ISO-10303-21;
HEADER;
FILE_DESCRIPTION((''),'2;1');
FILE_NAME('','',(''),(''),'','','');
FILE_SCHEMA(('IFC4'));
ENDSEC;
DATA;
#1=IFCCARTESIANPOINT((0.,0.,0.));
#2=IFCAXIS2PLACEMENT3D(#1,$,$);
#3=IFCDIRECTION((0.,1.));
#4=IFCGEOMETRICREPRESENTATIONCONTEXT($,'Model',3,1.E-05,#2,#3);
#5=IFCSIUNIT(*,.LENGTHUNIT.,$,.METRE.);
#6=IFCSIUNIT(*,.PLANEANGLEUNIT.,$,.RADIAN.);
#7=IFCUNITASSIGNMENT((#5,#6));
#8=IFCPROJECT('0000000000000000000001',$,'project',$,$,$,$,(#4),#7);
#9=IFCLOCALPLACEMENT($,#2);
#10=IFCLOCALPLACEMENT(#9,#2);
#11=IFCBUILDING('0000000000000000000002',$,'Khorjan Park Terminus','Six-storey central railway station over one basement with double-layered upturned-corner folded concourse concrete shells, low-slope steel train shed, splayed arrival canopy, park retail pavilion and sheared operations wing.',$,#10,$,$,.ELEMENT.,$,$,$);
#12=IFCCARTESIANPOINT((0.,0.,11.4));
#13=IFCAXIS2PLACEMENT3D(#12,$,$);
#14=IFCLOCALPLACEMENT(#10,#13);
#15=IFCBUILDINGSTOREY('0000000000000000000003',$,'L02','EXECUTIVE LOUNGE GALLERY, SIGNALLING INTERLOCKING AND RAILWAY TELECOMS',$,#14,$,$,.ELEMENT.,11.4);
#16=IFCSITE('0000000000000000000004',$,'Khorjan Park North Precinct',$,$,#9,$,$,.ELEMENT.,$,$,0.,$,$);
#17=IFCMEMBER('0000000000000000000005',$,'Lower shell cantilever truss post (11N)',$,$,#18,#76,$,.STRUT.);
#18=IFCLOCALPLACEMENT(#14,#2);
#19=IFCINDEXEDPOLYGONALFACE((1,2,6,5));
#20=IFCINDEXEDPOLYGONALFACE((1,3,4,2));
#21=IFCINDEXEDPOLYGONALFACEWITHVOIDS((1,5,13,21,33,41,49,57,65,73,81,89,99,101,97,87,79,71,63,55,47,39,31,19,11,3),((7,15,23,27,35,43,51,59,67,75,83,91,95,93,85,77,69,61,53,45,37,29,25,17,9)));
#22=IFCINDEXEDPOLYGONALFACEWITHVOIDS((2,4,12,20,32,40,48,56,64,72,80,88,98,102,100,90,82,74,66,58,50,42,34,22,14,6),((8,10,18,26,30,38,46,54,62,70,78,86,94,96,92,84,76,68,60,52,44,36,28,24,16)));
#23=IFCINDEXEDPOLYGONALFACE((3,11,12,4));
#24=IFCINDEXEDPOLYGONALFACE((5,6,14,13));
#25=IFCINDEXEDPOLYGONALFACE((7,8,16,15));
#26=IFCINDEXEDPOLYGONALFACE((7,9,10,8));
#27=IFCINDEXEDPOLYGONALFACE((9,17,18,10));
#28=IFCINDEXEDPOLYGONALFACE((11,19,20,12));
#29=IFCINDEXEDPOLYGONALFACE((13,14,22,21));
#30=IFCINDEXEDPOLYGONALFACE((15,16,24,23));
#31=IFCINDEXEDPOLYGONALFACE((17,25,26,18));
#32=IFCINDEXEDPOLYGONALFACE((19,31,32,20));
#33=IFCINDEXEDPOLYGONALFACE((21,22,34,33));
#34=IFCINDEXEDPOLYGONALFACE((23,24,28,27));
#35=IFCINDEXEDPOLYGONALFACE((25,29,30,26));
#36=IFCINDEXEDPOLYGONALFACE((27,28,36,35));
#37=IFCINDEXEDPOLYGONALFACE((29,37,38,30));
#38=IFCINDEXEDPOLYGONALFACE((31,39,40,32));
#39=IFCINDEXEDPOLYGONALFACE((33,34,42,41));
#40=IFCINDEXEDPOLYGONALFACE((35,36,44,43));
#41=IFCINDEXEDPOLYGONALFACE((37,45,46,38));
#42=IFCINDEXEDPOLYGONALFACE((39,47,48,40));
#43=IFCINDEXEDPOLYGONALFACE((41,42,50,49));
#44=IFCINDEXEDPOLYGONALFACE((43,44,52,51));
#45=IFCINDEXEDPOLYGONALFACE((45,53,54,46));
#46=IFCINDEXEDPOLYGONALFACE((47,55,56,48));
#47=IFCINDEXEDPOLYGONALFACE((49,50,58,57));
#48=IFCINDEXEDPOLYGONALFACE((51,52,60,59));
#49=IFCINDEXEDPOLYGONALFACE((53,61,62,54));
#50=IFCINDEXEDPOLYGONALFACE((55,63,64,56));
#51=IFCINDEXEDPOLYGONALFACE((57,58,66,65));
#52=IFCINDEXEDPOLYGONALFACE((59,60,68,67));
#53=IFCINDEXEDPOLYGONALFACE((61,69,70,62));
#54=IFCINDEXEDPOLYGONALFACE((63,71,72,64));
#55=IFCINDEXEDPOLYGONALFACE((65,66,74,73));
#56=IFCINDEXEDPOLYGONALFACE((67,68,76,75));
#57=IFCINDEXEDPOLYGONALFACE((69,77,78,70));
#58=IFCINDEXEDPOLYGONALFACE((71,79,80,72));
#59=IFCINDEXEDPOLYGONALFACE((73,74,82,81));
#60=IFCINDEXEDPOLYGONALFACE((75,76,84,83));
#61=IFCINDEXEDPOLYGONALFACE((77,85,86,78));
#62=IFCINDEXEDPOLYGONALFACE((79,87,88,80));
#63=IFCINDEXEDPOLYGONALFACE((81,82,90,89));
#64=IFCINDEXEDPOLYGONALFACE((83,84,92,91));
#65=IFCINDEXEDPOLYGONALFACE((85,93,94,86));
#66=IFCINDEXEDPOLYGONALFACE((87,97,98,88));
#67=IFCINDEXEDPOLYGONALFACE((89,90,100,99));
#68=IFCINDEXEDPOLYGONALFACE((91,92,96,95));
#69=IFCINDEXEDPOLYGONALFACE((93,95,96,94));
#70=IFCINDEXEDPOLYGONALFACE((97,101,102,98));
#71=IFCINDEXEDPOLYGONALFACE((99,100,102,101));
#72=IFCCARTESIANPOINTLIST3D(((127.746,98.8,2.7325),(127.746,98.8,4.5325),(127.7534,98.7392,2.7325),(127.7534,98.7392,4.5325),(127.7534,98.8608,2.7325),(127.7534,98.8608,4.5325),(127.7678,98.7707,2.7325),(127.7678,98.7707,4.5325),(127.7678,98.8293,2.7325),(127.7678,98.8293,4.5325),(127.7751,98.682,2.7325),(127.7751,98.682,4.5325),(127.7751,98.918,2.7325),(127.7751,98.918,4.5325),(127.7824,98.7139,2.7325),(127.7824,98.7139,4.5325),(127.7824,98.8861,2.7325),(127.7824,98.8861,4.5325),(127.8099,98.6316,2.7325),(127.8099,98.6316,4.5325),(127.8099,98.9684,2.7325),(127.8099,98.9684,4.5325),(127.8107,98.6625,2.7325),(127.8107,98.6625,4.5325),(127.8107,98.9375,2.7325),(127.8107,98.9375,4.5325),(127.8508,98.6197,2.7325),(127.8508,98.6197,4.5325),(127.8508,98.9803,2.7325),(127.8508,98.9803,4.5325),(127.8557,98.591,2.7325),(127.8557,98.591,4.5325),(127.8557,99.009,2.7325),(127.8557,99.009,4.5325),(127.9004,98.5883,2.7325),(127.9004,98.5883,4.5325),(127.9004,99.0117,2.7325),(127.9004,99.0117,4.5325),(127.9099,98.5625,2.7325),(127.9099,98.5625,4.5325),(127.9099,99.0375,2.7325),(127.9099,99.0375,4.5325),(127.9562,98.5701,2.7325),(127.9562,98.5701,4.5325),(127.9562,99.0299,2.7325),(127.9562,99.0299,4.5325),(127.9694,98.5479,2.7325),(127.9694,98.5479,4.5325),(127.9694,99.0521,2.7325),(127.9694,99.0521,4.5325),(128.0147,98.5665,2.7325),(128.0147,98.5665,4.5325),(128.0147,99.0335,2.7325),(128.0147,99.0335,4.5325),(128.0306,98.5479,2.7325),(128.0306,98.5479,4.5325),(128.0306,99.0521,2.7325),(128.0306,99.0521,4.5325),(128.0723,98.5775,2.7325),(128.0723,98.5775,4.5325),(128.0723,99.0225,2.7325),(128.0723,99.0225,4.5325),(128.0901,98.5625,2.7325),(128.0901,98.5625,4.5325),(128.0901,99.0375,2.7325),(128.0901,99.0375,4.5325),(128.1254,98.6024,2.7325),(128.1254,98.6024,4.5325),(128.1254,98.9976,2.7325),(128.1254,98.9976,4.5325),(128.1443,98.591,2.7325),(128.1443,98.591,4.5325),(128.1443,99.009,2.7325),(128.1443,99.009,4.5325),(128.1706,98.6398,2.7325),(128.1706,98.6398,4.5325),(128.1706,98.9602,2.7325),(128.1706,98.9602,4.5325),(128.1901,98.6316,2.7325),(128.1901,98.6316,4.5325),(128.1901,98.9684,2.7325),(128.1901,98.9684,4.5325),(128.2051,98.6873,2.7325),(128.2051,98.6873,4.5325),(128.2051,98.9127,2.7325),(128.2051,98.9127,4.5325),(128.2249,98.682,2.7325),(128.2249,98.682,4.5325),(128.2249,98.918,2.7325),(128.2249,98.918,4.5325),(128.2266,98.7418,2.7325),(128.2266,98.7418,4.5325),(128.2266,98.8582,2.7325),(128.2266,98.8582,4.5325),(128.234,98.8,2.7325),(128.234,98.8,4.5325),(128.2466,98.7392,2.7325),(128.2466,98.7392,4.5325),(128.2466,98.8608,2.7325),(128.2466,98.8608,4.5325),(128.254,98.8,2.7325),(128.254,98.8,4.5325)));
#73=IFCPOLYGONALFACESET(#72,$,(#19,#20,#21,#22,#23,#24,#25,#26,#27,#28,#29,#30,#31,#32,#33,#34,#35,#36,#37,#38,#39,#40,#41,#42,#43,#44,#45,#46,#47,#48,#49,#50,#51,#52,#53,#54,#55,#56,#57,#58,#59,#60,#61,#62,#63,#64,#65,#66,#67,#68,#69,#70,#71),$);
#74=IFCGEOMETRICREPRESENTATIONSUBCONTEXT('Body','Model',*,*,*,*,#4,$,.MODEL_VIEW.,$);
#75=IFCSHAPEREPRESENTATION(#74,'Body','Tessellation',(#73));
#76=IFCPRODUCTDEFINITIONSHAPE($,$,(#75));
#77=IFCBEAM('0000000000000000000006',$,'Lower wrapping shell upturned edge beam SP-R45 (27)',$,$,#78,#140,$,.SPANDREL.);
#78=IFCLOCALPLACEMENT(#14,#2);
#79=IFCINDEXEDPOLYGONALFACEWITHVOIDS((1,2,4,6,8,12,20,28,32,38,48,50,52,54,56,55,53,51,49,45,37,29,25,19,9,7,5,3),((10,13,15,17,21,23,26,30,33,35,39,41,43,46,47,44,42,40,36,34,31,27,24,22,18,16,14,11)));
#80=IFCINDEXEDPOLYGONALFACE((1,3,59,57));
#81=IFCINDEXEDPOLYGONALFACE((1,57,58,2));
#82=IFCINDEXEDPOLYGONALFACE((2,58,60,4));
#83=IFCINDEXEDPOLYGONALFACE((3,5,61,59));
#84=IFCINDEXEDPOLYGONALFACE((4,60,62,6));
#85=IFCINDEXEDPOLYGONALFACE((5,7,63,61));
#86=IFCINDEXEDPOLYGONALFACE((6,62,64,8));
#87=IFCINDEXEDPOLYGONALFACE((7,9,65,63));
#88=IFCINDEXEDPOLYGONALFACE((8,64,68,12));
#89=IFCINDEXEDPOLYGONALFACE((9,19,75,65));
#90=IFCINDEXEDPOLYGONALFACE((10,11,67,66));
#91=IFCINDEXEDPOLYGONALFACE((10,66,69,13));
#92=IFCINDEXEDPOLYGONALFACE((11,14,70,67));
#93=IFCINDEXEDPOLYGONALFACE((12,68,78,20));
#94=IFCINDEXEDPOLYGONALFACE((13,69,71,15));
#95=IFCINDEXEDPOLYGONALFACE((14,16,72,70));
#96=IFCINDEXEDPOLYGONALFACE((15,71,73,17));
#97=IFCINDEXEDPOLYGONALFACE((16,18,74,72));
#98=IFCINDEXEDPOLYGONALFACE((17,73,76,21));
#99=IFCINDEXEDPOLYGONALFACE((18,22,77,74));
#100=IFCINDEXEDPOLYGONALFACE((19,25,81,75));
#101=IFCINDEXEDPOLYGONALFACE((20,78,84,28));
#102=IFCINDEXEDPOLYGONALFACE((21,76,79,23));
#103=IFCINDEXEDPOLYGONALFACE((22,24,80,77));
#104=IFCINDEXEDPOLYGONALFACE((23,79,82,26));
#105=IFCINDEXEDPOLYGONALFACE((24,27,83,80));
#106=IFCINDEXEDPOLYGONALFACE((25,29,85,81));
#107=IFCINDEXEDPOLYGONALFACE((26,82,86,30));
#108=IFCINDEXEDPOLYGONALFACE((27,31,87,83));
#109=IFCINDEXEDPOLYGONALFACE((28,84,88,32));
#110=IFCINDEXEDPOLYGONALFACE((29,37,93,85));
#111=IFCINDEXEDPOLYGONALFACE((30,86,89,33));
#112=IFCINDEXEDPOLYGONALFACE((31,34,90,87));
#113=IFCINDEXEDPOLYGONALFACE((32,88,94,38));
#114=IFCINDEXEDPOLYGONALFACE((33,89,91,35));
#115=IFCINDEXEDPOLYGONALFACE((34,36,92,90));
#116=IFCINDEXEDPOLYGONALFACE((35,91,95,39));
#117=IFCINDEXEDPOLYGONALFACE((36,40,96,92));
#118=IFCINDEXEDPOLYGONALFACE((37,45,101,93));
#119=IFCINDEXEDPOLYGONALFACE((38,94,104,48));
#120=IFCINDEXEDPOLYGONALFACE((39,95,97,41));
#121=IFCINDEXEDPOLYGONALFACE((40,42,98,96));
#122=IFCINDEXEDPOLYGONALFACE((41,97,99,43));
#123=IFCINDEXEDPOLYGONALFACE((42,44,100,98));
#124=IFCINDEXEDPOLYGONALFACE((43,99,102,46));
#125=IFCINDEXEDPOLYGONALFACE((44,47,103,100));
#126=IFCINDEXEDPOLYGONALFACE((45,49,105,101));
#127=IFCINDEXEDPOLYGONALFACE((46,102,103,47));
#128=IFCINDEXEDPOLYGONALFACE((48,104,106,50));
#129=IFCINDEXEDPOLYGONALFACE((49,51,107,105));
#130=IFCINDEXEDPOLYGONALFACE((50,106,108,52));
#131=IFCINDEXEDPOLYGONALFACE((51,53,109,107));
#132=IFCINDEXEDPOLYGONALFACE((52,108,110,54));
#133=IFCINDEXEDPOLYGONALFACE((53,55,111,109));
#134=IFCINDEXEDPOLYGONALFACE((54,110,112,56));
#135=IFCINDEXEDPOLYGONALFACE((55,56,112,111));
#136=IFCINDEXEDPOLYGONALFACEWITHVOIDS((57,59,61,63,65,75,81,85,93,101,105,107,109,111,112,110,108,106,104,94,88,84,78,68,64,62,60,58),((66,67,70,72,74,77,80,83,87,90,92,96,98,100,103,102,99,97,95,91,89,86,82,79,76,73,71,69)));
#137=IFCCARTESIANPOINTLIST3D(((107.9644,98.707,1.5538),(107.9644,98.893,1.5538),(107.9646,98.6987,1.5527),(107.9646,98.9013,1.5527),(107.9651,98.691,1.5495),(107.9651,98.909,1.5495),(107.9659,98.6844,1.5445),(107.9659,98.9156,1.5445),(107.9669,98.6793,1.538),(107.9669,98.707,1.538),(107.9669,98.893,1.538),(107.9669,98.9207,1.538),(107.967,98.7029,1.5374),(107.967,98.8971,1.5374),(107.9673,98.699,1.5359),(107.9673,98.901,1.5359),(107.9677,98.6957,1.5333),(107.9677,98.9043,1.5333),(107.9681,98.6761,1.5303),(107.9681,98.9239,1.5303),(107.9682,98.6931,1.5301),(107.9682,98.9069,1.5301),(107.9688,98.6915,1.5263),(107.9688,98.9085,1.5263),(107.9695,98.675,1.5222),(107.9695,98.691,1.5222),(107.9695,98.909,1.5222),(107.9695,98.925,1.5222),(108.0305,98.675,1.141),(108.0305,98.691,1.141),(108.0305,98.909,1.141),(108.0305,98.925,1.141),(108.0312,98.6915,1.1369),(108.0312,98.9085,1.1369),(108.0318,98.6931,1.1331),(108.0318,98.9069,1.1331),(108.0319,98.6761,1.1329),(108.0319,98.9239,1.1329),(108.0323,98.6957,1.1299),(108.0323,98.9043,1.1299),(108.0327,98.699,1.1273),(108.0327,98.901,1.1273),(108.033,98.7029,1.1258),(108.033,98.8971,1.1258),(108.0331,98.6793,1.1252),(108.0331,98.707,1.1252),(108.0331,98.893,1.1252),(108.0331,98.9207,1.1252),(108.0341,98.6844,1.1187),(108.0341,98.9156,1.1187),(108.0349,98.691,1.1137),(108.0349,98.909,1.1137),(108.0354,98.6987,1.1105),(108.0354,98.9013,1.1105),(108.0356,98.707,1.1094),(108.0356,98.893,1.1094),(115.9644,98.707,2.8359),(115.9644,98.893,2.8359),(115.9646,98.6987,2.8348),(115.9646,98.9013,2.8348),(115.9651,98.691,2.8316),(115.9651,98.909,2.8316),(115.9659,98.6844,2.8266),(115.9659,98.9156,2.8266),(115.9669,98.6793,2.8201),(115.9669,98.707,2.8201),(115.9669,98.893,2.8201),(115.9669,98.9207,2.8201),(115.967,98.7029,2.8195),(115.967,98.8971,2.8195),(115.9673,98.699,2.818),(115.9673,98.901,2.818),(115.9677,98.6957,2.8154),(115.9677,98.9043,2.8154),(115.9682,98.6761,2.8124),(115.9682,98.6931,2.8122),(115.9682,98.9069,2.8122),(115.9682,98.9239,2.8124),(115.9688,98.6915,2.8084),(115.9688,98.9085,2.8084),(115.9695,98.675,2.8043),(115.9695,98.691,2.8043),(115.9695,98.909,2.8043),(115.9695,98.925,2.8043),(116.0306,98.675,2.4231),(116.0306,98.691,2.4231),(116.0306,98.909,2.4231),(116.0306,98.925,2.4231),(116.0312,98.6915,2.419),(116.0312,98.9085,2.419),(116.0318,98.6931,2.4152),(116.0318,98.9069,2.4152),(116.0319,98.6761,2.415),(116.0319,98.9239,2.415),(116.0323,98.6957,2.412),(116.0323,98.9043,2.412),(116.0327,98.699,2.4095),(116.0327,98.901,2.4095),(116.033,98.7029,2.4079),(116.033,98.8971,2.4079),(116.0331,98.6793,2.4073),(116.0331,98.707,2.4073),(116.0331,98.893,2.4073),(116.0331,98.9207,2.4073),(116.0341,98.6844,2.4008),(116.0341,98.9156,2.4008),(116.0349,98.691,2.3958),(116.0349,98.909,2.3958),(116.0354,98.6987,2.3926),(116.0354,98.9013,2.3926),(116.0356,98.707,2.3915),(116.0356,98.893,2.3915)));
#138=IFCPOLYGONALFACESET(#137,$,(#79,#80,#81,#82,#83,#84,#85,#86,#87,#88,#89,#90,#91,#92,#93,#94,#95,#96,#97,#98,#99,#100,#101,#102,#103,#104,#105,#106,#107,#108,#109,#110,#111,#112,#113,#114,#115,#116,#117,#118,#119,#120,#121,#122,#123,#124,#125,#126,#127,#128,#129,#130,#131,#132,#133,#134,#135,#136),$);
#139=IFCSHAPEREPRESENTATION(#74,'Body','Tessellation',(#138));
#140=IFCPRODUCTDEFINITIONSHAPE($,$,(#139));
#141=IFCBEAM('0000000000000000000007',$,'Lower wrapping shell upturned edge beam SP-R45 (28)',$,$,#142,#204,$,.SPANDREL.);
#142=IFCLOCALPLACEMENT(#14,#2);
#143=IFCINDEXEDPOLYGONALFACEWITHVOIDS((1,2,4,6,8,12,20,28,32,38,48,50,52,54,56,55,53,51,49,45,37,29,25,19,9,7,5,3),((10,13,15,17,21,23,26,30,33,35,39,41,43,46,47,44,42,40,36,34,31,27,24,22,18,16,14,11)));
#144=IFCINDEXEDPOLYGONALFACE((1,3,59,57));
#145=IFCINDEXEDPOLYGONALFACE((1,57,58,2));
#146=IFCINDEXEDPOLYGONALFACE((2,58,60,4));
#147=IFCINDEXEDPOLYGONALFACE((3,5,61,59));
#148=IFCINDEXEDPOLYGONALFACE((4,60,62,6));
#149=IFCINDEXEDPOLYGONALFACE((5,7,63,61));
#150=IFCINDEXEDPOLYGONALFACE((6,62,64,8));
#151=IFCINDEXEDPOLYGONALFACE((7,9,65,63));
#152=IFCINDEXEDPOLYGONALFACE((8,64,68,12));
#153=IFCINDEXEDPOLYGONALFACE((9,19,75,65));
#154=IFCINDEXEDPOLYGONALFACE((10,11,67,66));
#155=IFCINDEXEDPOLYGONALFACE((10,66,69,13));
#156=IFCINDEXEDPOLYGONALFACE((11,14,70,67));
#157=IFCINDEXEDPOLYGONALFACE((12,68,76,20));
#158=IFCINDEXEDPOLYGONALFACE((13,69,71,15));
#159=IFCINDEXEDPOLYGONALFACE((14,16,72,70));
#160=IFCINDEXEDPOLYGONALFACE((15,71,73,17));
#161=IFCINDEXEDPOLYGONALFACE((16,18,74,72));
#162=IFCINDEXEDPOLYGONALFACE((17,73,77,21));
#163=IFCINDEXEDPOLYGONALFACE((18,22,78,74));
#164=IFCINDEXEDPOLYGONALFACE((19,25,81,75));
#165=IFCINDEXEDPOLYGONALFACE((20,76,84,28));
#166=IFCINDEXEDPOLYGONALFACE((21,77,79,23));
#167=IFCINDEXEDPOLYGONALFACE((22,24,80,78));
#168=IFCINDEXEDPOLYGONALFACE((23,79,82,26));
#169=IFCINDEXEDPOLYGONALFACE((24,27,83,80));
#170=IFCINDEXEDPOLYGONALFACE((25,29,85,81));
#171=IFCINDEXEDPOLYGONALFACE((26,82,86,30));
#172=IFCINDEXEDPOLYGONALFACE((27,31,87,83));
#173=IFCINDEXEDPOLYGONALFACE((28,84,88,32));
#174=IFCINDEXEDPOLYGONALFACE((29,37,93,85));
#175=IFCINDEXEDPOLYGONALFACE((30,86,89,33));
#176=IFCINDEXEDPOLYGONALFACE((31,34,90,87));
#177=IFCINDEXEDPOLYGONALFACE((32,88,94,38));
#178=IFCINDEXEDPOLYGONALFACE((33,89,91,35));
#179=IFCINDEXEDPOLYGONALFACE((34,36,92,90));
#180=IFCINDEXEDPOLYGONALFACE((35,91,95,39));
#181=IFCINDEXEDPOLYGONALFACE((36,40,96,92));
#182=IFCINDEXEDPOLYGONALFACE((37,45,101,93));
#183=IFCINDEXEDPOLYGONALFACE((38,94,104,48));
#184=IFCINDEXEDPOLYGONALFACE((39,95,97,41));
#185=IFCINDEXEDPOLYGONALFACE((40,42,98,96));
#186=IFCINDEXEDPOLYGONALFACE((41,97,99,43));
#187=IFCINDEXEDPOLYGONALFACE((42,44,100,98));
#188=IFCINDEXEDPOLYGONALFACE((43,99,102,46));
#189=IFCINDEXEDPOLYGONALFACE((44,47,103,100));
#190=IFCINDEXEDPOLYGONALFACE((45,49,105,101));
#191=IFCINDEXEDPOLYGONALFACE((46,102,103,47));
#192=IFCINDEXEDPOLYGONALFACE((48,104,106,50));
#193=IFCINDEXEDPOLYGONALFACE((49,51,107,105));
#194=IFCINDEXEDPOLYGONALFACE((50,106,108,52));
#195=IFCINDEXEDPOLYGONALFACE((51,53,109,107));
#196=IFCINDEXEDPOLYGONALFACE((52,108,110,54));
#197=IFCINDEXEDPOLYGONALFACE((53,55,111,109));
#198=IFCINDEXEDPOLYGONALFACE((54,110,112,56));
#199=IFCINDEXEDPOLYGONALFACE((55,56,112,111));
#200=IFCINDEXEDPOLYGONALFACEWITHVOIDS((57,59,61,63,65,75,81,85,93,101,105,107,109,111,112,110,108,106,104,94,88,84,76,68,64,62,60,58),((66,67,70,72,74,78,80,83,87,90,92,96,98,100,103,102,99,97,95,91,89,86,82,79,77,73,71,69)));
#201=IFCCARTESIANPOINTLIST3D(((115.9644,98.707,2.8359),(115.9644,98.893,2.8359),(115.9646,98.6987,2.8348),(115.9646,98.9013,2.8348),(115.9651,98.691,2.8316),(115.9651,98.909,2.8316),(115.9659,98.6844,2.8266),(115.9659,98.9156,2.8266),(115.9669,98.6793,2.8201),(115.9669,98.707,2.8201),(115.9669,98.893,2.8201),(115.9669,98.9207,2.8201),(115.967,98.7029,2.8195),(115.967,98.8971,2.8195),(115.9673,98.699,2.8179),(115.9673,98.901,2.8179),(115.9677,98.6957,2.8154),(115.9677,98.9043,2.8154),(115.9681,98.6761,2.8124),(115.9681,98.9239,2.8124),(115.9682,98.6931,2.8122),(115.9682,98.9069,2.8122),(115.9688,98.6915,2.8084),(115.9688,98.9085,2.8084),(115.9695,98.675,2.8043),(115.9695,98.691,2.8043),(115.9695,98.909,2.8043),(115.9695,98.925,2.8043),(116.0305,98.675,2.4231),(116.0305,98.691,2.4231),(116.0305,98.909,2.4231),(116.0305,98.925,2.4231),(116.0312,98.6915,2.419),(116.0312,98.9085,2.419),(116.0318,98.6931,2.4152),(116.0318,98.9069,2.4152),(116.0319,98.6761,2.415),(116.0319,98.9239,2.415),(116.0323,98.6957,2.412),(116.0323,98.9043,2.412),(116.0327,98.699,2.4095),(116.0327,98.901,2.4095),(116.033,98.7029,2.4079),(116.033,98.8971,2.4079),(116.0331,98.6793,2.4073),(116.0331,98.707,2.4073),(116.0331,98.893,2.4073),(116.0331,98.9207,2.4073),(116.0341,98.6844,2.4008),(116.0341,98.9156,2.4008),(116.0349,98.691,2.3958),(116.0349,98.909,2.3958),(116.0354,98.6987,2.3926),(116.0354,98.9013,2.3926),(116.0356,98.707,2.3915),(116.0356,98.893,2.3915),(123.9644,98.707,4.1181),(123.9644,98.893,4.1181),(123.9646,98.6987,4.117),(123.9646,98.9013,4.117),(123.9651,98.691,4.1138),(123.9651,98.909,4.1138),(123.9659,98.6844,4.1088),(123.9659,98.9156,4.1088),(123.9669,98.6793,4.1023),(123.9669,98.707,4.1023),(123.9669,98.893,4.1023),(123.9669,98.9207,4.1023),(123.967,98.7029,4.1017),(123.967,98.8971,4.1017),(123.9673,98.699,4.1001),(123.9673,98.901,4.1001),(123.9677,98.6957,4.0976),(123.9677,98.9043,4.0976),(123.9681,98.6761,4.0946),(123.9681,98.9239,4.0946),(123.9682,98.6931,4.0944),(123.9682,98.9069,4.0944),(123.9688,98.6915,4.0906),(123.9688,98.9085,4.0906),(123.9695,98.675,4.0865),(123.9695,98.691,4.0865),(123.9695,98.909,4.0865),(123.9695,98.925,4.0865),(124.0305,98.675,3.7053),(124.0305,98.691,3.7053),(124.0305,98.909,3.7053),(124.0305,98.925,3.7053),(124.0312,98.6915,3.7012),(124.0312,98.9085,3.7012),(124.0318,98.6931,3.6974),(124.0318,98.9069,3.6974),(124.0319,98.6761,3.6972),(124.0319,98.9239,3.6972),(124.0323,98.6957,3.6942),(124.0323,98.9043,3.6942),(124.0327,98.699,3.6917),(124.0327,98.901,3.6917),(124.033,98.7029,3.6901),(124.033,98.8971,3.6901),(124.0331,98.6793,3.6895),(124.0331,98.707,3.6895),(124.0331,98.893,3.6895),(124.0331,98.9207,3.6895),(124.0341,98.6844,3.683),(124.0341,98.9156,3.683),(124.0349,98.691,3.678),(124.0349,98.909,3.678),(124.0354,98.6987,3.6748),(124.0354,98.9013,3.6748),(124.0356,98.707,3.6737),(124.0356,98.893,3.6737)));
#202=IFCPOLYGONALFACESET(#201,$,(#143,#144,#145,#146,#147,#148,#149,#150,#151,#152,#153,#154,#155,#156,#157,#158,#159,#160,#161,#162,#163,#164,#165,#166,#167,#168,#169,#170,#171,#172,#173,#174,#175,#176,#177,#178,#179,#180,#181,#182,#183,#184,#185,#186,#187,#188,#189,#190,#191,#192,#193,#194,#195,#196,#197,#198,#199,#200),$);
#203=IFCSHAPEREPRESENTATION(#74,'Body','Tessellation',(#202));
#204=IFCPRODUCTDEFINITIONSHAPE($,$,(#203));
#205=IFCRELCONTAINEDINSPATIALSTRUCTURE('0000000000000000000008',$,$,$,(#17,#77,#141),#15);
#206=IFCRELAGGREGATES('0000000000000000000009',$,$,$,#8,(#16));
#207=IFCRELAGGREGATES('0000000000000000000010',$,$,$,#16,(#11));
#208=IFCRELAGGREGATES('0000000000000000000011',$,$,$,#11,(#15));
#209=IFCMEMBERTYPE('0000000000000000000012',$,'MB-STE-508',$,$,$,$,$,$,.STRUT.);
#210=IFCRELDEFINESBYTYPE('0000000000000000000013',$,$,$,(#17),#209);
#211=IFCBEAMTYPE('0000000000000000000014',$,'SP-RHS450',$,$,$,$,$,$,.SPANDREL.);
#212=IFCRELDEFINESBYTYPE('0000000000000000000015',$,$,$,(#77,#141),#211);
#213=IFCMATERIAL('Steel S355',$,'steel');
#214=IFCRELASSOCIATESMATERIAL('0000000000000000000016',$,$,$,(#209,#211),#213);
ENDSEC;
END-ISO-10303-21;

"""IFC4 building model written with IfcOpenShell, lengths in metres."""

from ifc_helpers import new_model, si_unit, direction, frame, origin, origin_2d, place, context, subcontext, project, spatial, hollow_rectangle, hollow_circle, extrude, material, material_profile, profile_set, type_object, element, save


model = new_model("IFC4")

# Units and contexts
model_context = context("Model", 3, precision=1e-05, world=origin(), true_north=direction((0.0, 1.0)))
body_context = subcontext(model_context, "Body", "Model", "MODEL_VIEW")
ifc_project = project(units=[si_unit("LENGTHUNIT", "METRE"), si_unit("PLANEANGLEUNIT", "RADIAN")], contexts=[model_context])

# Site, building, storey
site_placement = place(None, origin())
site = spatial("IfcSite", under=ifc_project, at=site_placement, Name="Khorjan Park North Precinct", CompositionType="ELEMENT", RefElevation=0.0)
building_placement = place(site_placement, origin())
building = spatial("IfcBuilding", under=site, at=building_placement, Name="Khorjan Park Terminus", Description="Six-storey central railway station over one basement with double-layered upturned-corner folded concourse concrete shells, low-slope steel train shed, splayed arrival canopy, park retail pavilion and sheared operations wing.", CompositionType="ELEMENT")
storey_placement = place(building_placement, frame((0.0, 0.0, 11.4)))
storey = spatial("IfcBuildingStorey", under=building, at=storey_placement, Name="L02", Description="EXECUTIVE LOUNGE GALLERY, SIGNALLING INTERLOCKING AND RAILWAY TELECOMS", CompositionType="ELEMENT", Elevation=11.4)

# Shared definitions
ifc_material = material(Name="Steel S355", Category="steel")

# Member
ifc_material_profile_1 = material_profile(ifc_material, hollow_circle(Radius=0.254, WallThickness=0.02, at=origin_2d()), Name="CHS 508x20")
ifc_profile_set_1 = profile_set([ifc_material_profile_1], Name="Steel S355")
member_type_1 = type_object("IfcMemberType", Name="MB-STE-508", PredefinedType="STRUT", material=ifc_profile_set_1)
for number, where, z_axis, x_axis, name in (
    (1, (128.0, 98.8, 2.7325), (0.0, 0.0, 1.0), (1.0, 0.0, 0.0), "Lower shell cantilever truss post (11N)"),
):
    element("IfcMember", number, at=place(storey_placement, frame(where, z_axis=z_axis, x_axis=x_axis)), inside=storey, type_object=member_type_1, Name=name, PredefinedType="STRUT", context=body_context, shape_type="SweptSolid", body=[
        extrude(hollow_circle(Radius=0.254, WallThickness=0.02, at=origin_2d()), origin(), (0.0, 0.0, 1.0), 1.8),
    ])

# Beams
ifc_material_profile_2 = material_profile(ifc_material, hollow_rectangle(XDim=0.25, YDim=0.45, WallThickness=0.016, InnerFilletRadius=0.016, OuterFilletRadius=0.032, at=origin_2d()), Name="RHS 450x250x16")
ifc_profile_set_2 = profile_set([ifc_material_profile_2], Name="Steel S355")
beam_type = type_object("IfcBeamType", Name="SP-RHS450", PredefinedType="SPANDREL", material=ifc_profile_set_2)
for number, where, z_axis, x_axis, name in (
    (2, (108.0, 98.8, 1.3316), (0.9874, 0.0, 0.158243), (0.0, 1.0, 0.0), "Lower wrapping shell upturned edge beam SP-R45 (27)"),
    (3, (116.0, 98.8, 2.6137), (0.987398, 0.0, 0.158255), (0.0, 1.0, 0.0), "Lower wrapping shell upturned edge beam SP-R45 (28)"),
):
    element("IfcBeam", number, at=place(storey_placement, frame(where, z_axis=z_axis, x_axis=x_axis)), inside=storey, type_object=beam_type, Name=name, PredefinedType="SPANDREL", context=body_context, shape_type="SweptSolid", body=[
        extrude(hollow_rectangle(XDim=0.25, YDim=0.45, WallThickness=0.016, InnerFilletRadius=0.016, OuterFilletRadius=0.032, at=origin_2d()), origin(), (0.0, 0.0, 1.0), 8.1021),
    ])

save(model, "model.ifc")
